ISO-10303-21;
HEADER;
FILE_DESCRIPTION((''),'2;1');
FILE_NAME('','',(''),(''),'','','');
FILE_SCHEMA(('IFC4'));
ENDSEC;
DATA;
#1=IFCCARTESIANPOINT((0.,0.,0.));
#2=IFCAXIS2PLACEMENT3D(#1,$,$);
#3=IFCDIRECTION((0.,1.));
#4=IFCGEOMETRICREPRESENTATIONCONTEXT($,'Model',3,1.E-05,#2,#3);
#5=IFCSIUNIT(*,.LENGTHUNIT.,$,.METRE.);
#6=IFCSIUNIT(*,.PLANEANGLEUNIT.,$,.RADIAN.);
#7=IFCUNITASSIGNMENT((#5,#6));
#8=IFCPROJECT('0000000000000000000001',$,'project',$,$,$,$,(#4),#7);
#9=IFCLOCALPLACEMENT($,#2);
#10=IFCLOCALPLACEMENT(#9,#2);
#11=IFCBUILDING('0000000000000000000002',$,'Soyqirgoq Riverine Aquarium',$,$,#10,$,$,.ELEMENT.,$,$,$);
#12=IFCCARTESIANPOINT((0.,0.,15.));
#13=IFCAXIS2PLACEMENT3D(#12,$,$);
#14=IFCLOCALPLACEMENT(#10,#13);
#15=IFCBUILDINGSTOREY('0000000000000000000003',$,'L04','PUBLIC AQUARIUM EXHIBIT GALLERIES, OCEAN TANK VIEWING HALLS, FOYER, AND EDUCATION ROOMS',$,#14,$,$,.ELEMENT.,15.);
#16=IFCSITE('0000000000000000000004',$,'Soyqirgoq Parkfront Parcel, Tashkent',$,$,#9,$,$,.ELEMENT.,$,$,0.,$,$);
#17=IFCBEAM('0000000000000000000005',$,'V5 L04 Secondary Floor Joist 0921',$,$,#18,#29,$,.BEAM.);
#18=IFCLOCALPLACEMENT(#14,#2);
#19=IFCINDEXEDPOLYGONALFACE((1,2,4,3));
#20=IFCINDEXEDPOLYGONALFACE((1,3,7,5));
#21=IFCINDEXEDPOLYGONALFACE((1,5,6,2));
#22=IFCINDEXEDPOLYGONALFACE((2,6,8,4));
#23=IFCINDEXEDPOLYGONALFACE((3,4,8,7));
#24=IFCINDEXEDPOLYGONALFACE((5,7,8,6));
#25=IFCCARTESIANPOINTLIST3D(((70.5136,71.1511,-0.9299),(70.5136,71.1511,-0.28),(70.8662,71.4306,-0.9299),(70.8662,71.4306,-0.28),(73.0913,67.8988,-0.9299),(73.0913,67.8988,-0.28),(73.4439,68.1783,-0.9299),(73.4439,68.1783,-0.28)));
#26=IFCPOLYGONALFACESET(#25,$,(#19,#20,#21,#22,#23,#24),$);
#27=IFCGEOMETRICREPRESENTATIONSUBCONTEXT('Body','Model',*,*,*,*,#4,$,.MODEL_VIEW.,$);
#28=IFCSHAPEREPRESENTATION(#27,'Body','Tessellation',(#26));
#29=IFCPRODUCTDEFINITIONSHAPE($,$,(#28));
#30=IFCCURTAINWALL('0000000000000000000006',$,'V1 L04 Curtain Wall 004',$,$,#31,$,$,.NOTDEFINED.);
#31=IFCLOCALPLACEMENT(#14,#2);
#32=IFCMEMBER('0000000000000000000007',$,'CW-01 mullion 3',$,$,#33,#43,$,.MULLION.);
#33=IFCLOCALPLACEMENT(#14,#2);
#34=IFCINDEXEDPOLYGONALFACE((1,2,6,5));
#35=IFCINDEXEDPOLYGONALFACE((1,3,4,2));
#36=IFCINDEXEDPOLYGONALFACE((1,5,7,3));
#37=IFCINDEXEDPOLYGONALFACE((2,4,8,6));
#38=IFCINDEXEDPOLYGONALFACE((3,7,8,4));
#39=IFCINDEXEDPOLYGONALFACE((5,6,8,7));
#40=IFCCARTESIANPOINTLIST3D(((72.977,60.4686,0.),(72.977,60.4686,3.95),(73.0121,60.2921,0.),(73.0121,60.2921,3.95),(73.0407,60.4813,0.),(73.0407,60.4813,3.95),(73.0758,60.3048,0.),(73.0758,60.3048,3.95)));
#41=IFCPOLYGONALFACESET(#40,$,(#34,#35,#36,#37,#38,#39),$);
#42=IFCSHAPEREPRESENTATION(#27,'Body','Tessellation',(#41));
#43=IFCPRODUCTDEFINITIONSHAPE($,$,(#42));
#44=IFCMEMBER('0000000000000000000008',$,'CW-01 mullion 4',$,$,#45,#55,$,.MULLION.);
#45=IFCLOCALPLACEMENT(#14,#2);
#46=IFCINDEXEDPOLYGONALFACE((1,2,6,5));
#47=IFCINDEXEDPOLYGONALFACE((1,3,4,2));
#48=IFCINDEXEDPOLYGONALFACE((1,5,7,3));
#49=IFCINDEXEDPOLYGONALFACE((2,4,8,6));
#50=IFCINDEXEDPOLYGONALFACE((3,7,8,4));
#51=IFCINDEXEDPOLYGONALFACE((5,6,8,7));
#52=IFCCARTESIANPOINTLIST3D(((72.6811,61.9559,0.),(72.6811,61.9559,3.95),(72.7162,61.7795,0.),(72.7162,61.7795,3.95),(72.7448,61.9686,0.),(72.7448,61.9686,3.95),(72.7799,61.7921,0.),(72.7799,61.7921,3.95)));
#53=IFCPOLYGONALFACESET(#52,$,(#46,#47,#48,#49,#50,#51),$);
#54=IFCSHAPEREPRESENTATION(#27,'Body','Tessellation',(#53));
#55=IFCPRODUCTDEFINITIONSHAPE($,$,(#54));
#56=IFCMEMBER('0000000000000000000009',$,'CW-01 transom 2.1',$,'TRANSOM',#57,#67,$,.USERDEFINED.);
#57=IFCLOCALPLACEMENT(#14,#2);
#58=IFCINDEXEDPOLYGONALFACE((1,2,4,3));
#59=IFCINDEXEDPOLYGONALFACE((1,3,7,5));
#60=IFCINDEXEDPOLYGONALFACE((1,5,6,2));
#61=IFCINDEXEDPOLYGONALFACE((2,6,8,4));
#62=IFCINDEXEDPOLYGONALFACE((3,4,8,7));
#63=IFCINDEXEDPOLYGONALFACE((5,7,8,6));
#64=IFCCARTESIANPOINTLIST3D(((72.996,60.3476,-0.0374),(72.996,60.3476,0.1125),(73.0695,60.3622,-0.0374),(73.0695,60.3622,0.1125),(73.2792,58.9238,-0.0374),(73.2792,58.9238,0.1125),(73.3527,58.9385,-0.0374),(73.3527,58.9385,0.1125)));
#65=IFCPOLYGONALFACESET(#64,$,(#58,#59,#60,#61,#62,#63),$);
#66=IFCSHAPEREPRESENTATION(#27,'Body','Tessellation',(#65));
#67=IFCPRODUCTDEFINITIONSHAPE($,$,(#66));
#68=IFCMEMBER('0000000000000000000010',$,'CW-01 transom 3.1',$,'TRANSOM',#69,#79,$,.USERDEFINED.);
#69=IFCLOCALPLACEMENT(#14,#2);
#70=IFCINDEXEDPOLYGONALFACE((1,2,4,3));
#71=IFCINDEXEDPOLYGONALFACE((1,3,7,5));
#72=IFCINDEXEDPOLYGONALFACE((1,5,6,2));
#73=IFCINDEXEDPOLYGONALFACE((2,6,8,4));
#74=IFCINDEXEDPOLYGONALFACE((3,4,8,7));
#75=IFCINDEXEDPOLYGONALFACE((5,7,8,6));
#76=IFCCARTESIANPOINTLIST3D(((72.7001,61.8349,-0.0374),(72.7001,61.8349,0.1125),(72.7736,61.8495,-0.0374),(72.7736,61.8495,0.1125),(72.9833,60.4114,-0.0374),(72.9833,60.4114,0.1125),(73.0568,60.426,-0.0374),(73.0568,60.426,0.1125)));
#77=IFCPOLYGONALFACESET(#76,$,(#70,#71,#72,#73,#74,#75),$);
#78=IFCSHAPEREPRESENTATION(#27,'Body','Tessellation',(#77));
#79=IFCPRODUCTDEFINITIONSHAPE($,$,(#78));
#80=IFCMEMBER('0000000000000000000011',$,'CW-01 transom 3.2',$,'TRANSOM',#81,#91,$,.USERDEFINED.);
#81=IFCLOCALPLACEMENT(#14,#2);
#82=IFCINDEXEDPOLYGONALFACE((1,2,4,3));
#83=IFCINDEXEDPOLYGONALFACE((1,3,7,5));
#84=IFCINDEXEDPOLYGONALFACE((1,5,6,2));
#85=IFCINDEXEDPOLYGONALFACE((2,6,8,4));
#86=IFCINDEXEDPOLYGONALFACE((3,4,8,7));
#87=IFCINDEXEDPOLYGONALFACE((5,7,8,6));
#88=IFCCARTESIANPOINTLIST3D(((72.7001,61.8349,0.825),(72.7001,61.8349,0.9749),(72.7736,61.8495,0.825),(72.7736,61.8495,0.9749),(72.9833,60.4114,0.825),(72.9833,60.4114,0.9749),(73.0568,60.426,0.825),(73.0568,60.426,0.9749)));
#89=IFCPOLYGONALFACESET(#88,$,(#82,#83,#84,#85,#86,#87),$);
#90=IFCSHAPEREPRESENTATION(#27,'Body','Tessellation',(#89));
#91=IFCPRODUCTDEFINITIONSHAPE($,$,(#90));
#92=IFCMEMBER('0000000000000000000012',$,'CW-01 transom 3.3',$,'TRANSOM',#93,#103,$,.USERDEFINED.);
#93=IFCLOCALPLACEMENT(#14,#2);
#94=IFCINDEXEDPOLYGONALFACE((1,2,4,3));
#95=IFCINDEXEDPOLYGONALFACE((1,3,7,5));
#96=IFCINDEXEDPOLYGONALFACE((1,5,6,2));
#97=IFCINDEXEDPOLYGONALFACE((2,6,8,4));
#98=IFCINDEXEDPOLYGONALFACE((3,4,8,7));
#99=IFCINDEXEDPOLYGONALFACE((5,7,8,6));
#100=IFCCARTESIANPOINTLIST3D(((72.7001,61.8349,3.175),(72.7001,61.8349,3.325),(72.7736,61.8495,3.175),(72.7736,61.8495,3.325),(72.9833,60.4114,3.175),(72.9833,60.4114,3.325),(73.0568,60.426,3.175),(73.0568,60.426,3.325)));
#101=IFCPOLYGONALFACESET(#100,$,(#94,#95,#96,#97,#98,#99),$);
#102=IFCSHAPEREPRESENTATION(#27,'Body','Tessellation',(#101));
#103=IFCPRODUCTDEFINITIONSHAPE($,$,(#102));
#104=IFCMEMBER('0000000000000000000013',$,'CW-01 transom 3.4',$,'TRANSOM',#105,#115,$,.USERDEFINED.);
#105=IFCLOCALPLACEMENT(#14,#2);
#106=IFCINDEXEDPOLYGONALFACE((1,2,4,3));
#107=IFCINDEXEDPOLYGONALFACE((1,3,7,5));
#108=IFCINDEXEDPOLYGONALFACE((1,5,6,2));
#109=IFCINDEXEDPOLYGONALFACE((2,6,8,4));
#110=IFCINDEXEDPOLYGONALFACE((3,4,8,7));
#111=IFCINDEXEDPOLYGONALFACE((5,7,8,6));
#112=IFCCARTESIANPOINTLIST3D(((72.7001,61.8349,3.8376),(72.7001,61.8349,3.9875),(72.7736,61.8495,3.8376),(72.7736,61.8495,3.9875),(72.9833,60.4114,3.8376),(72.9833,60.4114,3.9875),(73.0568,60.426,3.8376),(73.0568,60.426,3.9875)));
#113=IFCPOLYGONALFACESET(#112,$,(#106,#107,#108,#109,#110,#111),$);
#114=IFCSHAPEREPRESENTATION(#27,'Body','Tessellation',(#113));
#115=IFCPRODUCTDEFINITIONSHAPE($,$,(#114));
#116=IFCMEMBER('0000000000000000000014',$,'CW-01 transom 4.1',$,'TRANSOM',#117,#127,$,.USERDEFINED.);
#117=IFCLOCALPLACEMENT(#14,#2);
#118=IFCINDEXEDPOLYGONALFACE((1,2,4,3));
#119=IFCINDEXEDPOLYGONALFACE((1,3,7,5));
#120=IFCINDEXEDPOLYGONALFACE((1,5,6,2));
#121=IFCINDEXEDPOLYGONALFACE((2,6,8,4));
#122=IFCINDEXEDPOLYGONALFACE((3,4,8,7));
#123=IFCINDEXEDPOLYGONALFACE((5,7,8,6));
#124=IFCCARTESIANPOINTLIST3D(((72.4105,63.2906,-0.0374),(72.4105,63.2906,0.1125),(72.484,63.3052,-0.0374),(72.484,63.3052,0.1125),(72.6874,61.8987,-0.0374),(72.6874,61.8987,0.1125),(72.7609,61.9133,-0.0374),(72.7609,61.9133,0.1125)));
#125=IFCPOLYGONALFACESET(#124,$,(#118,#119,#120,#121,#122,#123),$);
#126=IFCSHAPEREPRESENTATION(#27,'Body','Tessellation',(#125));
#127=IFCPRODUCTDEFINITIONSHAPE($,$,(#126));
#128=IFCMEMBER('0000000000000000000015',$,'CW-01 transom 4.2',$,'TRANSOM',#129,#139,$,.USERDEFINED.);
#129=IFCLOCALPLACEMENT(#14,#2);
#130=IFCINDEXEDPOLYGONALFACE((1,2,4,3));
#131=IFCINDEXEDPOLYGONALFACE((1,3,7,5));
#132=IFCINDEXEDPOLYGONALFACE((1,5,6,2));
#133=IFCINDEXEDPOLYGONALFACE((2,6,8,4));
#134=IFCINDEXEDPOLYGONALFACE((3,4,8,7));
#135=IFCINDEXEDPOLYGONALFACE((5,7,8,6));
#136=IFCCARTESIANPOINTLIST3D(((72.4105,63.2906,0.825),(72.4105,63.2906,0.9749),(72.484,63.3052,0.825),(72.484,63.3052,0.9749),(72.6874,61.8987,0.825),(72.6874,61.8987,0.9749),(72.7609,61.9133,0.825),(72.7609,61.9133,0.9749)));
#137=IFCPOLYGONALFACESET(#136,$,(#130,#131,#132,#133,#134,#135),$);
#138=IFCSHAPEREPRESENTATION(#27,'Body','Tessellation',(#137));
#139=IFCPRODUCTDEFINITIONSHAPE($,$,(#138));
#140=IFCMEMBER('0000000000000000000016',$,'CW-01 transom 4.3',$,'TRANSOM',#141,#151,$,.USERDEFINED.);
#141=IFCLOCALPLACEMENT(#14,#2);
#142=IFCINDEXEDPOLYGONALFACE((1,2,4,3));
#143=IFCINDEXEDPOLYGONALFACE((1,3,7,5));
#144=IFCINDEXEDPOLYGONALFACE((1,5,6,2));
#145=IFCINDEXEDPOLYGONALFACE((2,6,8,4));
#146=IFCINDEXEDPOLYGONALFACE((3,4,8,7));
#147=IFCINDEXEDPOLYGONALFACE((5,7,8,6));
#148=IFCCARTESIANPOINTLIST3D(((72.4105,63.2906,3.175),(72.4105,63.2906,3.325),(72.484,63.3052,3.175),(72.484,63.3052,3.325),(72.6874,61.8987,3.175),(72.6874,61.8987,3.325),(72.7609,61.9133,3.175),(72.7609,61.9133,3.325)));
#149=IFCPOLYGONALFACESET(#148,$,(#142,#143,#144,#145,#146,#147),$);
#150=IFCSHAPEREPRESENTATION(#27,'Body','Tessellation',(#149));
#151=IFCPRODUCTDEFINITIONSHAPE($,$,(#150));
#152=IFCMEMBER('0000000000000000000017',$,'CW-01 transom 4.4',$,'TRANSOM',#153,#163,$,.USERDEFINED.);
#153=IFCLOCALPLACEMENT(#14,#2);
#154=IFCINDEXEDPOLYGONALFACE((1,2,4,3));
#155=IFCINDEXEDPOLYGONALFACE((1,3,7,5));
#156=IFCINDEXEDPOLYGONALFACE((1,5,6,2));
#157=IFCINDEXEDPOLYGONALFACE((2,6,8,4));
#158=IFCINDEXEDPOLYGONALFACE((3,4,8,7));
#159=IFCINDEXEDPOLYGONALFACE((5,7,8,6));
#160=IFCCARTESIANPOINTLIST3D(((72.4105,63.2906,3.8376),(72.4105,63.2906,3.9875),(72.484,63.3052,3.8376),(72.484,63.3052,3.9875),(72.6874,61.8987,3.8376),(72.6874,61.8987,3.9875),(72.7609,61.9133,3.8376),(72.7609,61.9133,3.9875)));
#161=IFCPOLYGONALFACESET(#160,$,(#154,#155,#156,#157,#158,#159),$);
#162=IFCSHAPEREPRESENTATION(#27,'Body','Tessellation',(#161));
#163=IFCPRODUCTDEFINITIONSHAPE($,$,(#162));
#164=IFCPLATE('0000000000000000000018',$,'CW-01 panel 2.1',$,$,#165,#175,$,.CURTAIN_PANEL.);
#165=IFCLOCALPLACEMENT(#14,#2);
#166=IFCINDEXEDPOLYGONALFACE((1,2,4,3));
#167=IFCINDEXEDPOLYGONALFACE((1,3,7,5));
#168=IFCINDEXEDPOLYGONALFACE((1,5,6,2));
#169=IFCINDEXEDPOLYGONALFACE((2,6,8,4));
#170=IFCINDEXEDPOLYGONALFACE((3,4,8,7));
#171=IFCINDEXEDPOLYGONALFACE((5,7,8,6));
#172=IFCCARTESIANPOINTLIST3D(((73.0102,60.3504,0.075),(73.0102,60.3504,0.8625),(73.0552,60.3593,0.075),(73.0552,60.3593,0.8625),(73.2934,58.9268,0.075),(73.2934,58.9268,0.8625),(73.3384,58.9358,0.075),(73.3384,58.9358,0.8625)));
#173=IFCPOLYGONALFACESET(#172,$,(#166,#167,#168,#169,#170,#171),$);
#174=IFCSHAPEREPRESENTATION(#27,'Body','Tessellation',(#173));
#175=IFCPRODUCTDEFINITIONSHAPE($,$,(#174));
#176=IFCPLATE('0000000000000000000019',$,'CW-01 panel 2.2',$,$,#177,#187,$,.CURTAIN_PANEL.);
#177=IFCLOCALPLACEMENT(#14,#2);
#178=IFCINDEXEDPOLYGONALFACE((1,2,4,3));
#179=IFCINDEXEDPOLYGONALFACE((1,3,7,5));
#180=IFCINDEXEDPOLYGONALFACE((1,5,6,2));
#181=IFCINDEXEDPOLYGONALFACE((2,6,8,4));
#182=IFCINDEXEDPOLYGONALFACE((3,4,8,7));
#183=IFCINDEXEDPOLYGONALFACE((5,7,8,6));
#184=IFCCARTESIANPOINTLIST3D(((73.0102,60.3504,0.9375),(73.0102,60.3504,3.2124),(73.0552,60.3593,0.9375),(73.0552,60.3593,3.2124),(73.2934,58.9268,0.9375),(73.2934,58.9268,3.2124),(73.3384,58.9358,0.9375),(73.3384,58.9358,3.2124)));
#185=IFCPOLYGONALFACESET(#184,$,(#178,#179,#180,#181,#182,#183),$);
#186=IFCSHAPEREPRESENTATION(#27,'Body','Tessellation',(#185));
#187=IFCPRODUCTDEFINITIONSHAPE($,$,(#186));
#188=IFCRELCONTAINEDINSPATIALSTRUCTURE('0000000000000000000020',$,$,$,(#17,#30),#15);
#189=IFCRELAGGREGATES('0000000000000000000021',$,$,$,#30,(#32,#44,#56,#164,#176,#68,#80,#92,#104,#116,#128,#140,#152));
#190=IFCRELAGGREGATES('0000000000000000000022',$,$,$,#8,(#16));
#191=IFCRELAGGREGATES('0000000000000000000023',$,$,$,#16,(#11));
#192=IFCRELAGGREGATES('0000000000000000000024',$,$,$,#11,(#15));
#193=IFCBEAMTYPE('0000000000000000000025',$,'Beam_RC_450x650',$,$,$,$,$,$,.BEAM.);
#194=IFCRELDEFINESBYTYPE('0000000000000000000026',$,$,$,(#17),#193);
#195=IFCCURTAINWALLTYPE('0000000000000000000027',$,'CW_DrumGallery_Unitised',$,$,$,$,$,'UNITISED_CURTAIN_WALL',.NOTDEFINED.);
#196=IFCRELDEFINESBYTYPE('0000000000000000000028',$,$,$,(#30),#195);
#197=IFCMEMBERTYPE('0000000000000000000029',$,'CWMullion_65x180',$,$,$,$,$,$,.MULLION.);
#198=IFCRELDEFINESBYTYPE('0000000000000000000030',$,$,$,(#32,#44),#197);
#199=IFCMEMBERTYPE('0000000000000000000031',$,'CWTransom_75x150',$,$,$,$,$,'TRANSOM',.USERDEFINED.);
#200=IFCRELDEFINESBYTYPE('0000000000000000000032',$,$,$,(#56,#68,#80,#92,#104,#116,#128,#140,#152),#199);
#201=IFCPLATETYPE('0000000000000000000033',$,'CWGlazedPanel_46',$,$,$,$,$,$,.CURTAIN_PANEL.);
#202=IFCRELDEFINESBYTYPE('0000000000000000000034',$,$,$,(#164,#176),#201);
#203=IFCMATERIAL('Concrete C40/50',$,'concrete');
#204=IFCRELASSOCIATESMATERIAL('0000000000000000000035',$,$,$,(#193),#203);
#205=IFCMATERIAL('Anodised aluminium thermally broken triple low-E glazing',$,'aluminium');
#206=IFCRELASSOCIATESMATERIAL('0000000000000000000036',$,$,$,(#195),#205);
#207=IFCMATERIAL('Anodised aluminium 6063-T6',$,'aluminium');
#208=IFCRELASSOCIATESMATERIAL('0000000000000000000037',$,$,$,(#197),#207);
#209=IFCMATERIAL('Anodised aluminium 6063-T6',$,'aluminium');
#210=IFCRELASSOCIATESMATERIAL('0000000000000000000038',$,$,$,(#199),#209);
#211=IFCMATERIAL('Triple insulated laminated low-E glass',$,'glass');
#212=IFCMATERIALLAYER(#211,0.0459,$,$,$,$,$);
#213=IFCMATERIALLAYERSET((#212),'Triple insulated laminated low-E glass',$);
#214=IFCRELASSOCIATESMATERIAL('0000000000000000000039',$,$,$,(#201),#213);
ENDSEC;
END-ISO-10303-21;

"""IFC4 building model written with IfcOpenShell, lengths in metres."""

from ifc_helpers import new_model, si_unit, direction, frame, origin, origin_2d, place, context, subcontext, project, spatial, rectangle, extrude, material, layer, layer_set, material_profile, profile_set, type_object, element, aggregate, save


model = new_model("IFC4")

# Units and contexts
model_context = context("Model", 3, precision=1e-05, world=origin(), true_north=direction((0.0, 1.0)))
body_context = subcontext(model_context, "Body", "Model", "MODEL_VIEW")
ifc_project = project(units=[si_unit("LENGTHUNIT", "METRE"), si_unit("PLANEANGLEUNIT", "RADIAN")], contexts=[model_context])

# Site, building, storey
site_placement = place(None, origin())
site = spatial("IfcSite", under=ifc_project, at=site_placement, Name="Soyqirgoq Parkfront Parcel, Tashkent", CompositionType="ELEMENT", RefElevation=0.0)
building_placement = place(site_placement, origin())
building = spatial("IfcBuilding", under=site, at=building_placement, Name="Soyqirgoq Riverine Aquarium", CompositionType="ELEMENT")
storey_placement = place(building_placement, frame((0.0, 0.0, 15.0)))
storey = spatial("IfcBuildingStorey", under=building, at=storey_placement, Name="L04", Description="PUBLIC AQUARIUM EXHIBIT GALLERIES, OCEAN TANK VIEWING HALLS, FOYER, AND EDUCATION ROOMS", CompositionType="ELEMENT", Elevation=15.0)

# Beam
ifc_material_1 = material(Name="Concrete C40/50", Category="concrete")
ifc_material_profile_1 = material_profile(ifc_material_1, rectangle(XDim=0.45, YDim=0.6499, at=origin_2d()), Name="RC 450x650")
ifc_profile_set_1 = profile_set([ifc_material_profile_1], Name="Concrete C40/50")
beam_type = type_object("IfcBeamType", Name="Beam_RC_450x650", PredefinedType="BEAM", material=ifc_profile_set_1)
beam_placement = place(storey_placement, frame((73.2676, 68.0386, -0.605), z_axis=(-0.621144, 0.783696, 0.0), x_axis=(-0.783696, -0.621144, 0.0)))
element("IfcBeam", 1, at=beam_placement, inside=storey, type_object=beam_type, Name="V5 L04 Secondary Floor Joist 0921", PredefinedType="BEAM", context=body_context, shape_type="SweptSolid", body=[
    extrude(rectangle(XDim=0.45, YDim=0.6499, at=origin_2d()), origin(), (0.0, 0.0, 1.0), 4.1499),
])

# Curtain wall, members, plates
ifc_material_2 = material(Name="Anodised aluminium thermally broken triple low-E glazing", Category="aluminium")
curtain_wall_type = type_object("IfcCurtainWallType", Name="CW_DrumGallery_Unitised", ElementType="UNITISED_CURTAIN_WALL", PredefinedType="NOTDEFINED", material=ifc_material_2)
curtain_wall_placement = place(storey_placement, origin())
curtain_wall = element("IfcCurtainWall", 2, at=curtain_wall_placement, inside=storey, type_object=curtain_wall_type, Name="V1 L04 Curtain Wall 004", PredefinedType="NOTDEFINED")
ifc_material_3 = material(Name="Anodised aluminium 6063-T6", Category="aluminium")
ifc_material_profile_2 = material_profile(ifc_material_3, rectangle(XDim=0.0649, YDim=0.1799, at=origin_2d()), Name="ALU-M 65x180")
ifc_profile_set_2 = profile_set([ifc_material_profile_2], Name="Anodised aluminium 6063-T6")
member_type_1 = type_object("IfcMemberType", Name="CWMullion_65x180", PredefinedType="MULLION", material=ifc_profile_set_2)
member_1_placement = place(storey_placement, frame((73.0264, 60.3867, 0.0), z_axis=(0.0, 0.0, 1.0), x_axis=(-0.980783, -0.195102, 0.0)))
member_1 = element("IfcMember", 3, at=member_1_placement, type_object=member_type_1, Name="CW-01 mullion 3", PredefinedType="MULLION", context=body_context, shape_type="SweptSolid", body=[
    extrude(rectangle(XDim=0.0649, YDim=0.1799, at=origin_2d()), origin(), (0.0, 0.0, 1.0), 3.95),
])
member_2_placement = place(storey_placement, frame((72.7305, 61.874, 0.0), z_axis=(0.0, 0.0, 1.0), x_axis=(-0.980783, -0.195102, 0.0)))
member_2 = element("IfcMember", 4, at=member_2_placement, type_object=member_type_1, Name="CW-01 mullion 4", PredefinedType="MULLION", context=body_context, shape_type="SweptSolid", body=[
    extrude(rectangle(XDim=0.0649, YDim=0.1799, at=origin_2d()), origin(), (0.0, 0.0, 1.0), 3.95),
])
ifc_material_4 = material(Name="Anodised aluminium 6063-T6", Category="aluminium")
ifc_material_profile_3 = material_profile(ifc_material_4, rectangle(XDim=0.075, YDim=0.1499, at=origin_2d()), Name="ALU-T 75x150")
ifc_profile_set_3 = profile_set([ifc_material_profile_3], Name="Anodised aluminium 6063-T6")
member_type_2 = type_object("IfcMemberType", Name="CWTransom_75x150", ElementType="TRANSOM", PredefinedType="USERDEFINED", material=ifc_profile_set_3)
member_3_placement = place(storey_placement, frame((73.3159, 58.9312, 0.0376), z_axis=(-0.195081, 0.980787, 0.0), x_axis=(-0.980787, -0.195081, 0.0)))
member_3 = element("IfcMember", 5, at=member_3_placement, type_object=member_type_2, Name="CW-01 transom 2.1", ObjectType="TRANSOM", PredefinedType="USERDEFINED", context=body_context, shape_type="SweptSolid", body=[
    extrude(rectangle(XDim=0.075, YDim=0.1499, at=origin_2d()), origin(), (0.0, 0.0, 1.0), 1.4517),
])
member_4_placement = place(storey_placement, frame((73.02, 60.4187, 0.0376), z_axis=(-0.195113, 0.980781, 0.0), x_axis=(-0.980781, -0.195113, 0.0)))
member_4 = element("IfcMember", 6, at=member_4_placement, type_object=member_type_2, Name="CW-01 transom 3.1", ObjectType="TRANSOM", PredefinedType="USERDEFINED", context=body_context, shape_type="SweptSolid", body=[
    extrude(rectangle(XDim=0.075, YDim=0.1499, at=origin_2d()), origin(), (0.0, 0.0, 1.0), 1.4514),
])
member_5_placement = place(storey_placement, frame((73.02, 60.4187, 0.8999), z_axis=(-0.195113, 0.980781, 0.0), x_axis=(-0.980781, -0.195113, 0.0)))
member_5 = element("IfcMember", 7, at=member_5_placement, type_object=member_type_2, Name="CW-01 transom 3.2", ObjectType="TRANSOM", PredefinedType="USERDEFINED", context=body_context, shape_type="SweptSolid", body=[
    extrude(rectangle(XDim=0.075, YDim=0.1499, at=origin_2d()), origin(), (0.0, 0.0, 1.0), 1.4514),
])
member_6_placement = place(storey_placement, frame((73.02, 60.4187, 3.25), z_axis=(-0.195113, 0.980781, 0.0), x_axis=(-0.980781, -0.195113, 0.0)))
member_6 = element("IfcMember", 8, at=member_6_placement, type_object=member_type_2, Name="CW-01 transom 3.3", ObjectType="TRANSOM", PredefinedType="USERDEFINED", context=body_context, shape_type="SweptSolid", body=[
    extrude(rectangle(XDim=0.075, YDim=0.1499, at=origin_2d()), origin(), (0.0, 0.0, 1.0), 1.4514),
])
member_7_placement = place(storey_placement, frame((73.02, 60.4187, 3.9126), z_axis=(-0.195113, 0.980781, 0.0), x_axis=(-0.980781, -0.195113, 0.0)))
member_7 = element("IfcMember", 9, at=member_7_placement, type_object=member_type_2, Name="CW-01 transom 3.4", ObjectType="TRANSOM", PredefinedType="USERDEFINED", context=body_context, shape_type="SweptSolid", body=[
    extrude(rectangle(XDim=0.075, YDim=0.1499, at=origin_2d()), origin(), (0.0, 0.0, 1.0), 1.4514),
])
member_8_placement = place(storey_placement, frame((72.7241, 61.906, 0.0376), z_axis=(-0.19509, 0.980785, 0.0), x_axis=(-0.980785, -0.19509, 0.0)))
member_8 = element("IfcMember", 10, at=member_8_placement, type_object=member_type_2, Name="CW-01 transom 4.1", ObjectType="TRANSOM", PredefinedType="USERDEFINED", context=body_context, shape_type="SweptSolid", body=[
    extrude(rectangle(XDim=0.075, YDim=0.1499, at=origin_2d()), origin(), (0.0, 0.0, 1.0), 1.4192),
])
member_9_placement = place(storey_placement, frame((72.7241, 61.906, 0.8999), z_axis=(-0.19509, 0.980785, 0.0), x_axis=(-0.980785, -0.19509, 0.0)))
member_9 = element("IfcMember", 11, at=member_9_placement, type_object=member_type_2, Name="CW-01 transom 4.2", ObjectType="TRANSOM", PredefinedType="USERDEFINED", context=body_context, shape_type="SweptSolid", body=[
    extrude(rectangle(XDim=0.075, YDim=0.1499, at=origin_2d()), origin(), (0.0, 0.0, 1.0), 1.4192),
])
member_10_placement = place(storey_placement, frame((72.7241, 61.906, 3.25), z_axis=(-0.19509, 0.980785, 0.0), x_axis=(-0.980785, -0.19509, 0.0)))
member_10 = element("IfcMember", 12, at=member_10_placement, type_object=member_type_2, Name="CW-01 transom 4.3", ObjectType="TRANSOM", PredefinedType="USERDEFINED", context=body_context, shape_type="SweptSolid", body=[
    extrude(rectangle(XDim=0.075, YDim=0.1499, at=origin_2d()), origin(), (0.0, 0.0, 1.0), 1.4192),
])
member_11_placement = place(storey_placement, frame((72.7241, 61.906, 3.9126), z_axis=(-0.19509, 0.980785, 0.0), x_axis=(-0.980785, -0.19509, 0.0)))
member_11 = element("IfcMember", 13, at=member_11_placement, type_object=member_type_2, Name="CW-01 transom 4.4", ObjectType="TRANSOM", PredefinedType="USERDEFINED", context=body_context, shape_type="SweptSolid", body=[
    extrude(rectangle(XDim=0.075, YDim=0.1499, at=origin_2d()), origin(), (0.0, 0.0, 1.0), 1.4192),
])
ifc_material_5 = material(Name="Triple insulated laminated low-E glass", Category="glass")
ifc_layer = layer(ifc_material_5, 0.0459)
ifc_layer_set = layer_set([ifc_layer], Name="Triple insulated laminated low-E glass")
plate_type = type_object("IfcPlateType", Name="CWGlazedPanel_46", PredefinedType="CURTAIN_PANEL", material=ifc_layer_set)
plate_1_placement = place(storey_placement, frame((73.1743, 59.6431, 0.075), z_axis=(0.0, 0.0, 1.0), x_axis=(-0.195102, 0.980783, 0.0)))
plate_1 = element("IfcPlate", 14, at=plate_1_placement, type_object=plate_type, Name="CW-01 panel 2.1", PredefinedType="CURTAIN_PANEL", context=body_context, shape_type="SweptSolid", body=[
    extrude(rectangle(XDim=1.4514, YDim=0.0459, at=origin_2d()), origin(), (0.0, 0.0, 1.0), 0.7876),
])
plate_2_placement = place(storey_placement, frame((73.1743, 59.6431, 0.9375), z_axis=(0.0, 0.0, 1.0), x_axis=(-0.195102, 0.980783, 0.0)))
plate_2 = element("IfcPlate", 15, at=plate_2_placement, type_object=plate_type, Name="CW-01 panel 2.2", PredefinedType="CURTAIN_PANEL", context=body_context, shape_type="SweptSolid", body=[
    extrude(rectangle(XDim=1.4514, YDim=0.0459, at=origin_2d()), origin(), (0.0, 0.0, 1.0), 2.2749),
])
aggregate(curtain_wall, [member_1, member_2, member_3, plate_1, plate_2, member_4, member_5, member_6, member_7, member_8, member_9, member_10, member_11])

save(model, "model.ifc")
